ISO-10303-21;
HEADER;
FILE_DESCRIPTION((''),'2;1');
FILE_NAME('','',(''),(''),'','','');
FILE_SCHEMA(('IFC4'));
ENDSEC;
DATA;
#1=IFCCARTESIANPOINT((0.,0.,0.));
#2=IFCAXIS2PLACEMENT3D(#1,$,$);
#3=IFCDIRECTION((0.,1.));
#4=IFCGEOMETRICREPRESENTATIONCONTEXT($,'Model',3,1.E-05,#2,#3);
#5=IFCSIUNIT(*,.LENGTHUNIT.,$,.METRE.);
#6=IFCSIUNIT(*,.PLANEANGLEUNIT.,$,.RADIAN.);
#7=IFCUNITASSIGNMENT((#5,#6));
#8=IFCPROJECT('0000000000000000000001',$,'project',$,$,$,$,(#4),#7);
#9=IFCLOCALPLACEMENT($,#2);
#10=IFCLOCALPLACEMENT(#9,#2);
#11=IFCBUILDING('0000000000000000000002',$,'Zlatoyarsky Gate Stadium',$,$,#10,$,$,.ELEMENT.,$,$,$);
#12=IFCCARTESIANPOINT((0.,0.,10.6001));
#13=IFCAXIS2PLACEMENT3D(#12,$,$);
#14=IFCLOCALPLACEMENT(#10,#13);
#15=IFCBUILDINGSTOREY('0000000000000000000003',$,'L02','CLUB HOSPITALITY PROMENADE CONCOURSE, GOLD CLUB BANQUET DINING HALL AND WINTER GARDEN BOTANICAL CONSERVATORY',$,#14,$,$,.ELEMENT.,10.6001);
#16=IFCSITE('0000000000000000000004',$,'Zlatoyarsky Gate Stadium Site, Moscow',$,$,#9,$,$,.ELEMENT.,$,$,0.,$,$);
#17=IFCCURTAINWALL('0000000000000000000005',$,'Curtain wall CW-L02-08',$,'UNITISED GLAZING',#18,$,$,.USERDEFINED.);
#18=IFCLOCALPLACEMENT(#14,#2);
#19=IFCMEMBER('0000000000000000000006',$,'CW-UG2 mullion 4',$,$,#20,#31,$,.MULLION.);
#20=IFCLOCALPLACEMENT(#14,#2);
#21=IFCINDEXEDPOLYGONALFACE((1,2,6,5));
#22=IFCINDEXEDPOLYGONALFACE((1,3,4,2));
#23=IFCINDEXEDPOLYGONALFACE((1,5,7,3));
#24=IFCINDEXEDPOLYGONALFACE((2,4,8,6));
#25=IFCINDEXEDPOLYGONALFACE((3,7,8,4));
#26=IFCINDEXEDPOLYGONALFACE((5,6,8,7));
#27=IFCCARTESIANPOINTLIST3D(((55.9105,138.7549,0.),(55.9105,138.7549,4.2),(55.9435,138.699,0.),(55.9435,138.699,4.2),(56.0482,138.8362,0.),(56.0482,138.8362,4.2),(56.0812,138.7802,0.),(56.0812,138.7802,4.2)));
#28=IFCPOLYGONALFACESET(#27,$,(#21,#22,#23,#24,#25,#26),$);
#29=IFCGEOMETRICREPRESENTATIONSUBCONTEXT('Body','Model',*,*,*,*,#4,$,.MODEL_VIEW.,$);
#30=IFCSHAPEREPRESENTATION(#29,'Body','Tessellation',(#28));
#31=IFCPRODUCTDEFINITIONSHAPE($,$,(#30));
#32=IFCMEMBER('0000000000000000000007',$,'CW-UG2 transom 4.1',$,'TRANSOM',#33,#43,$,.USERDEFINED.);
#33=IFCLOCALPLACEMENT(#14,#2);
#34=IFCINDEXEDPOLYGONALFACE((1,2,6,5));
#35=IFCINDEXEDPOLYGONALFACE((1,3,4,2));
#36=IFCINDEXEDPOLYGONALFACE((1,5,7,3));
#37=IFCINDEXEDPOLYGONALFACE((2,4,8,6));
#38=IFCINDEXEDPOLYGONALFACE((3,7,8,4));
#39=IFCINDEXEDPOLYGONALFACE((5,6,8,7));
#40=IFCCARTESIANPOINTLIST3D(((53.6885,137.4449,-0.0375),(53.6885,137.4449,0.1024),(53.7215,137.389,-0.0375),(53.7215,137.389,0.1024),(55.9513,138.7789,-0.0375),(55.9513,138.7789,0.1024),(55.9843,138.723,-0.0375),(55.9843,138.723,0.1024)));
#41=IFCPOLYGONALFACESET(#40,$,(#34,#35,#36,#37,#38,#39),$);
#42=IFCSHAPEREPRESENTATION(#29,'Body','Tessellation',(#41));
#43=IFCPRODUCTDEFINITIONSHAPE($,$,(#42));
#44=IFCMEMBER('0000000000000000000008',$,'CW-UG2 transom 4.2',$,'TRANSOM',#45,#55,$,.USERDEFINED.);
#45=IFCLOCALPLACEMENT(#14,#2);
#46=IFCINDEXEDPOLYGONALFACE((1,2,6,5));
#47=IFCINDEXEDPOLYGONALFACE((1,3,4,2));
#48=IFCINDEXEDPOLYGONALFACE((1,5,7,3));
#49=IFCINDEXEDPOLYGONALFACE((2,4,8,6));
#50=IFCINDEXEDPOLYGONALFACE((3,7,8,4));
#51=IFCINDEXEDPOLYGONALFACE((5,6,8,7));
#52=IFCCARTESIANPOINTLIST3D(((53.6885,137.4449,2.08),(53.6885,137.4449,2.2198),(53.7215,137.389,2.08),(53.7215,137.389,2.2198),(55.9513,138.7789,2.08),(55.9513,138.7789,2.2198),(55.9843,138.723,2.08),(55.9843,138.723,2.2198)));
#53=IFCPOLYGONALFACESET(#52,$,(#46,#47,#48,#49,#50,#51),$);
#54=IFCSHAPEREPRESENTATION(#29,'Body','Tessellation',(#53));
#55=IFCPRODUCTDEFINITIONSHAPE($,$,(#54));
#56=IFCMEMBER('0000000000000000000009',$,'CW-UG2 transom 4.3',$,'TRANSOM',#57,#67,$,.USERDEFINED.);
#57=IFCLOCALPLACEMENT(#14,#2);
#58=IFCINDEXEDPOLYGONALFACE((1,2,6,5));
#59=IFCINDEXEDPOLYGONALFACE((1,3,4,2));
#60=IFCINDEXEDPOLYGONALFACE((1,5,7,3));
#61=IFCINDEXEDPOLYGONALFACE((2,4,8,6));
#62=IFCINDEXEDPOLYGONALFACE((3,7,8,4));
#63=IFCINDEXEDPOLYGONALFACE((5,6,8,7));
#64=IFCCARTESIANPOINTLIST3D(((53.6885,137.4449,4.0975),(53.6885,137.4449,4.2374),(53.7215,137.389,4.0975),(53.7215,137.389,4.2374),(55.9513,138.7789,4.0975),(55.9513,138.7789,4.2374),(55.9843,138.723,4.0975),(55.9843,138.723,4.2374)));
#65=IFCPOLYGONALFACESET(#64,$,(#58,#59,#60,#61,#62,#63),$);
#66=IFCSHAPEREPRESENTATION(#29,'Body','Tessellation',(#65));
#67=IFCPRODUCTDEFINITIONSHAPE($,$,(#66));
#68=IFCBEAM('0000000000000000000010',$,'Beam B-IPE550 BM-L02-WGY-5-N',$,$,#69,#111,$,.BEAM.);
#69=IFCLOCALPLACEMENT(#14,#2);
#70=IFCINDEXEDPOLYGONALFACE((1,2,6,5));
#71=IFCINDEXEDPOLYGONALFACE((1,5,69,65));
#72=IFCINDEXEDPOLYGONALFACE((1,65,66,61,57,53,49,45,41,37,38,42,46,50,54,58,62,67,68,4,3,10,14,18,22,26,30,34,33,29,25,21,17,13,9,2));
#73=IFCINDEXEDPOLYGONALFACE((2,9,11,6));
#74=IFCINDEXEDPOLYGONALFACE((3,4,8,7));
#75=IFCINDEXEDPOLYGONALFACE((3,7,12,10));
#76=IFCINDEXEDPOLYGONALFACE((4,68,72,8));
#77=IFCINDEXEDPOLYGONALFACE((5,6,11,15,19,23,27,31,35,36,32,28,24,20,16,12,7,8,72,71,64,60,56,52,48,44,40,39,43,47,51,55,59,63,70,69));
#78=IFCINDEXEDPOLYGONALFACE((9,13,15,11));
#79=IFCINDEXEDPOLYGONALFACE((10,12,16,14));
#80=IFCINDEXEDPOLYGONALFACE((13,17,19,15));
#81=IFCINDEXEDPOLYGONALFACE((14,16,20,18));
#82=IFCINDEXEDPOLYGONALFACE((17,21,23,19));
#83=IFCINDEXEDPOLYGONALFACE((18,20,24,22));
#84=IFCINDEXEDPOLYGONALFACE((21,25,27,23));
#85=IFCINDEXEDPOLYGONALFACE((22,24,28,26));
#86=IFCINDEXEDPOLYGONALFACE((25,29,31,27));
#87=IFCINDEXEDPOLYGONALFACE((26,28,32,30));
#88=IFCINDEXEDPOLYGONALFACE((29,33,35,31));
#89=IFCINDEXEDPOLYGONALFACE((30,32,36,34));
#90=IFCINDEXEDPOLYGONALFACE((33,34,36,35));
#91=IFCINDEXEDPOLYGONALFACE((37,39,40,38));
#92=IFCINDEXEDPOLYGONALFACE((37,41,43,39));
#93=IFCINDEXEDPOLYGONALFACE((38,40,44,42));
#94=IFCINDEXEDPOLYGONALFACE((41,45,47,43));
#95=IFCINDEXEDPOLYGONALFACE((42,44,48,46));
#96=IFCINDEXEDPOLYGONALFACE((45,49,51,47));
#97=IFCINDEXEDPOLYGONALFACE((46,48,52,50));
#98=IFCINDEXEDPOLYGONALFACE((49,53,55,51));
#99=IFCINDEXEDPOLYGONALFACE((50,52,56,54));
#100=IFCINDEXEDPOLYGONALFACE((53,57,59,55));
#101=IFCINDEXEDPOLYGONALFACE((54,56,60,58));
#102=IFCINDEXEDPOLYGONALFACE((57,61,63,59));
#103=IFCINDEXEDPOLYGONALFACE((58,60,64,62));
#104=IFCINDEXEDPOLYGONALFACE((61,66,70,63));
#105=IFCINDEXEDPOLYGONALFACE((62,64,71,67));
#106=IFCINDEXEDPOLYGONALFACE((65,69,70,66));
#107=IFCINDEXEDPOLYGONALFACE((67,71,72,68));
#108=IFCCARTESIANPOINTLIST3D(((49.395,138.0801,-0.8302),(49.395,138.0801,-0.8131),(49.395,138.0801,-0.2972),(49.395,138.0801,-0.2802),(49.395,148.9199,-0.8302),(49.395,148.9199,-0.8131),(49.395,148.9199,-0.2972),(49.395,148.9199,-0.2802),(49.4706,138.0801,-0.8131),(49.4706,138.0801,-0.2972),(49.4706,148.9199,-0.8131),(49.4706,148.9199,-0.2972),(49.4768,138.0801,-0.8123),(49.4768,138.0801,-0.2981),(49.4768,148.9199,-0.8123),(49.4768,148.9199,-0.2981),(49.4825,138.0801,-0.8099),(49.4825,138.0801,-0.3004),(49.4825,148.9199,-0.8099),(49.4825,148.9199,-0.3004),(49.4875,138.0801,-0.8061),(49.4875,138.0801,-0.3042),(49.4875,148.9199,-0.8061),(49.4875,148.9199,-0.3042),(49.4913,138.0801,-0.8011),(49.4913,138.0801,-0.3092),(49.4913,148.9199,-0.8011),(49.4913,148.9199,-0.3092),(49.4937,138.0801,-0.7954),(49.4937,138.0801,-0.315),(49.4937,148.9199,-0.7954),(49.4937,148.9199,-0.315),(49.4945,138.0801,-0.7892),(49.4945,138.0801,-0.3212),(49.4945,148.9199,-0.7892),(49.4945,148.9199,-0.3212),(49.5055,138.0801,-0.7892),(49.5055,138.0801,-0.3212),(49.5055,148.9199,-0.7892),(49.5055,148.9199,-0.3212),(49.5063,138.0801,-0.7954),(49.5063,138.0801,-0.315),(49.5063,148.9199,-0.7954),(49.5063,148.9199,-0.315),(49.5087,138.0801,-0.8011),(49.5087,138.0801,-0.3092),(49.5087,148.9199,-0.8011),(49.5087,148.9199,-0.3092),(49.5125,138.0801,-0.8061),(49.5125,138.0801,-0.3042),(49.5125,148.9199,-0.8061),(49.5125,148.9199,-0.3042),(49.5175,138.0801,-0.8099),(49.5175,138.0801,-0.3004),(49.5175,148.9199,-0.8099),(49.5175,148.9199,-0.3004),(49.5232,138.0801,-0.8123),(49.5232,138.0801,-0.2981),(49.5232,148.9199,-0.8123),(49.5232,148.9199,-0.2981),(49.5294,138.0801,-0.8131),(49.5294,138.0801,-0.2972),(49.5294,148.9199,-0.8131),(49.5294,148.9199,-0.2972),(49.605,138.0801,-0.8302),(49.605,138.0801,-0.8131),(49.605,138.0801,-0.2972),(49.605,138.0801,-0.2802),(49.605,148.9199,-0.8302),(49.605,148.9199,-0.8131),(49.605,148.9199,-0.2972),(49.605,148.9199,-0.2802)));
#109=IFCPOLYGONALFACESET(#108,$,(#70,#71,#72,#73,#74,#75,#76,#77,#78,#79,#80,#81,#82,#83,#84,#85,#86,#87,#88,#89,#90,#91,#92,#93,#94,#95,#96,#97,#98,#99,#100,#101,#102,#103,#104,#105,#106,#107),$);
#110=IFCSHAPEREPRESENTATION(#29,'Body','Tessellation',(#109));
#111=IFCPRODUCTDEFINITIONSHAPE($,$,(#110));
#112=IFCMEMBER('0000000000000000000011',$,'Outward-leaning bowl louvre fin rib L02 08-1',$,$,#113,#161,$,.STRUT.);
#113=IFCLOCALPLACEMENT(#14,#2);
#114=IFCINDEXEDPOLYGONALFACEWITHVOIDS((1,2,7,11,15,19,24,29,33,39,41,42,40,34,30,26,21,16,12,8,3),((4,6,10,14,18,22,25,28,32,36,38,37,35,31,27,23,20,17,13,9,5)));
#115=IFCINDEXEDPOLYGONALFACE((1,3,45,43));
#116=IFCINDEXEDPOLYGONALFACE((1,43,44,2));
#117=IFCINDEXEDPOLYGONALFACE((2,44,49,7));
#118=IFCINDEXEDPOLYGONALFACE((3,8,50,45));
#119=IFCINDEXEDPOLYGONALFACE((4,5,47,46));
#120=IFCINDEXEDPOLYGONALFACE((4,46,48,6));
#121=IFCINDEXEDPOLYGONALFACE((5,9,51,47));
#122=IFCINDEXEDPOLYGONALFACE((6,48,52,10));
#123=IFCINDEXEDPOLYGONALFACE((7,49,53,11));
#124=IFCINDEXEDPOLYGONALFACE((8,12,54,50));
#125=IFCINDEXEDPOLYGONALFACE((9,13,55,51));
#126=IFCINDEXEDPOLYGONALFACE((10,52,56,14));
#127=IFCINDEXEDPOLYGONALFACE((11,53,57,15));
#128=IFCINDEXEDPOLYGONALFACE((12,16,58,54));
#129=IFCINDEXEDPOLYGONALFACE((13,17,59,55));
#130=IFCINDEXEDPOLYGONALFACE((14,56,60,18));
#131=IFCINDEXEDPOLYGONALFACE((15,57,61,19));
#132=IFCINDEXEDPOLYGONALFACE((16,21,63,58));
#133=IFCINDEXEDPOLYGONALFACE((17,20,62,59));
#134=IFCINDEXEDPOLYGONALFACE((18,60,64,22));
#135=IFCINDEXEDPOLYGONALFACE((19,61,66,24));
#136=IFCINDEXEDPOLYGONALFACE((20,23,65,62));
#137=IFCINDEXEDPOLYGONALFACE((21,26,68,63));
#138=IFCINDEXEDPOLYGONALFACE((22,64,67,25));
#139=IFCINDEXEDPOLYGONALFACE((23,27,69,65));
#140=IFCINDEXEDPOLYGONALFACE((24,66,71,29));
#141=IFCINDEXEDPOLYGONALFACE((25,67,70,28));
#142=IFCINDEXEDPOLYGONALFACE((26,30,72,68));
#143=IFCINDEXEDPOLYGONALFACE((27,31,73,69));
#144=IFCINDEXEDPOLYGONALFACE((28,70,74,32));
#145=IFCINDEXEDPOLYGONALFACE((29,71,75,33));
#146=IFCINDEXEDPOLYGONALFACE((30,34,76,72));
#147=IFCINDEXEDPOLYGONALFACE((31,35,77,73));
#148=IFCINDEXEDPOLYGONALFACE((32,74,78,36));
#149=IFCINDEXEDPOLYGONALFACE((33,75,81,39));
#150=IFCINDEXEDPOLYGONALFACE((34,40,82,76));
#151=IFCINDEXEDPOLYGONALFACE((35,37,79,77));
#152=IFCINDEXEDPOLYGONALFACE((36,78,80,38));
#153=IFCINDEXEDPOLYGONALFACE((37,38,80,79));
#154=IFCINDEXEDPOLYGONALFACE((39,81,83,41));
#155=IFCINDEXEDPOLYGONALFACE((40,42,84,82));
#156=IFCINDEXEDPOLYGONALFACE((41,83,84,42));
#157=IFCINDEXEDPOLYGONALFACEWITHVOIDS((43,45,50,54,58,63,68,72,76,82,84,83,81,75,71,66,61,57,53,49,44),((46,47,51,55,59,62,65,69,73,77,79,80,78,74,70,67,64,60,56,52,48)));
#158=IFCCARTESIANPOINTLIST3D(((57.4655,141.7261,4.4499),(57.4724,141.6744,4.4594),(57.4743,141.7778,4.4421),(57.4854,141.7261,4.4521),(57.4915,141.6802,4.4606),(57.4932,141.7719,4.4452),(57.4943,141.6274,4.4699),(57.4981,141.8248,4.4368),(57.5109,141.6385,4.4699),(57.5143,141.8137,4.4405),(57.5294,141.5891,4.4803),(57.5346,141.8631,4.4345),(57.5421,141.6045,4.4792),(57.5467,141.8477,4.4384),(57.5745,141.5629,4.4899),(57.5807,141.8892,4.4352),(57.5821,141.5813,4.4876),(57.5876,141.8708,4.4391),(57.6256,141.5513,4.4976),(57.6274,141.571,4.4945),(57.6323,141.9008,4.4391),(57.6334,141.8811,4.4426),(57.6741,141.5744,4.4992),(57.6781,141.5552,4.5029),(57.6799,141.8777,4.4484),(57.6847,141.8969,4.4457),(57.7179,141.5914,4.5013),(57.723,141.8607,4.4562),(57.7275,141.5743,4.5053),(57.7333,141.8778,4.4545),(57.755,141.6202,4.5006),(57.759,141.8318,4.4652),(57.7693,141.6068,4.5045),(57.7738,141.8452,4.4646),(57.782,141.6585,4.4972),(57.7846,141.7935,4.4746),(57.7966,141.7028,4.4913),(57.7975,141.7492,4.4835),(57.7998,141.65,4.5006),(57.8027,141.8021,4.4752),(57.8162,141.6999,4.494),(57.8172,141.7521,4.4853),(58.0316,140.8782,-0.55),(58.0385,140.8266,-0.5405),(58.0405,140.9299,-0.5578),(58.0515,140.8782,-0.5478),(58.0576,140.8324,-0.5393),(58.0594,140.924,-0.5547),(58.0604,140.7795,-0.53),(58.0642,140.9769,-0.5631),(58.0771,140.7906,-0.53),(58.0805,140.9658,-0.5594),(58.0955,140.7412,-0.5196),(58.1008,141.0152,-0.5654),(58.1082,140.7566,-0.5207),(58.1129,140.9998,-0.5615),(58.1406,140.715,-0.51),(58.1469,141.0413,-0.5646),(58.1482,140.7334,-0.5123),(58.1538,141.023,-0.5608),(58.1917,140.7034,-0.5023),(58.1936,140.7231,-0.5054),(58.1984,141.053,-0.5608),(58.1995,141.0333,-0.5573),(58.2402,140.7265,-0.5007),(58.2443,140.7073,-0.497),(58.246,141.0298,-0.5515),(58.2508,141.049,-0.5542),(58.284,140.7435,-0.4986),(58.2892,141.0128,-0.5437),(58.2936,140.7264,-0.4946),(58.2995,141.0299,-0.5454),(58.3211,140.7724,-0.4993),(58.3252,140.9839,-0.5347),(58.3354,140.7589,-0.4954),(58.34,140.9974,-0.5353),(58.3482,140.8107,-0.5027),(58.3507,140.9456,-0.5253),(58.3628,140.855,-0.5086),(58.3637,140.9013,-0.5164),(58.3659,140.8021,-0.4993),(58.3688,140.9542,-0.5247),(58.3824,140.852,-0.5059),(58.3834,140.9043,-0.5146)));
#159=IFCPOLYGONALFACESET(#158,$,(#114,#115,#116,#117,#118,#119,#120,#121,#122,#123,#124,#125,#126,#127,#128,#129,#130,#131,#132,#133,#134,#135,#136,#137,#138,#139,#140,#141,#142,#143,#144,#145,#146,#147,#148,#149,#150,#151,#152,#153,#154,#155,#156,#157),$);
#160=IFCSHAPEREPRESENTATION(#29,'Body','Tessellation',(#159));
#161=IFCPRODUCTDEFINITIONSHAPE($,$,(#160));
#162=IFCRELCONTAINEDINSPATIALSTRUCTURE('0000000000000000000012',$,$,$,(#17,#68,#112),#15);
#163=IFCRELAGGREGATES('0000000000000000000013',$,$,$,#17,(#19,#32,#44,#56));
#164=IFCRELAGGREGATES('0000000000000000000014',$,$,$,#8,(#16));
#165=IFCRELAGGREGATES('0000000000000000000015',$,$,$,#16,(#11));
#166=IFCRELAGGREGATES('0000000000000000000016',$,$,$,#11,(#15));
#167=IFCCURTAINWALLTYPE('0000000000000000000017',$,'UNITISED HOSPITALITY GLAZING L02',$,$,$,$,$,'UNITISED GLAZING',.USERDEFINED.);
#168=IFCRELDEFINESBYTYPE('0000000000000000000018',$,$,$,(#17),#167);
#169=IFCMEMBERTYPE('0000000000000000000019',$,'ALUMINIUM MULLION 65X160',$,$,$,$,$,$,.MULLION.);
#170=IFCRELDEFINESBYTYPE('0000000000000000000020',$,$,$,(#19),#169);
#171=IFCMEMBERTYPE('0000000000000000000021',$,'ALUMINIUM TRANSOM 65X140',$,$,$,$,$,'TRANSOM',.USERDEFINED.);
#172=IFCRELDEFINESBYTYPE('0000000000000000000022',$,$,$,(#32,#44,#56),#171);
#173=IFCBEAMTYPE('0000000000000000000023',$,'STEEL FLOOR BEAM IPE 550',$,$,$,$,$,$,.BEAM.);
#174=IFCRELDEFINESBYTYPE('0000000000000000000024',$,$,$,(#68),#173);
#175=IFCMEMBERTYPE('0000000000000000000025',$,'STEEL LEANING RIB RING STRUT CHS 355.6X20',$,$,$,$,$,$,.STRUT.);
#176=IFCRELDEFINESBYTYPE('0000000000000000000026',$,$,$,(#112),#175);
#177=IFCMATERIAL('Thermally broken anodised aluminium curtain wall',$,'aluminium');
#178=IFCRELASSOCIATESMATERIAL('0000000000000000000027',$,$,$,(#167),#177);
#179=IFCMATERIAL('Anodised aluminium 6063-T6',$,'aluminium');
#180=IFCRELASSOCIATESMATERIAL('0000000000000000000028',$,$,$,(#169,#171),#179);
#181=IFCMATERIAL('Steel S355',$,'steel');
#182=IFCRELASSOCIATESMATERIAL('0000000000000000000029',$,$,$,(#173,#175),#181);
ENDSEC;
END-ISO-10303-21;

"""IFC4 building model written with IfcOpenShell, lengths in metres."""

from ifc_helpers import new_model, si_unit, direction, frame, origin, origin_2d, place, context, subcontext, project, spatial, rectangle, hollow_circle, i_section, extrude, material, material_profile, profile_set, type_object, element, aggregate, save


model = new_model("IFC4")

# Units and contexts
model_context = context("Model", 3, precision=1e-05, world=origin(), true_north=direction((0.0, 1.0)))
body_context = subcontext(model_context, "Body", "Model", "MODEL_VIEW")
ifc_project = project(units=[si_unit("LENGTHUNIT", "METRE"), si_unit("PLANEANGLEUNIT", "RADIAN")], contexts=[model_context])

# Site, building, storey
site_placement = place(None, origin())
site = spatial("IfcSite", under=ifc_project, at=site_placement, Name="Zlatoyarsky Gate Stadium Site, Moscow", CompositionType="ELEMENT", RefElevation=0.0)
building_placement = place(site_placement, origin())
building = spatial("IfcBuilding", under=site, at=building_placement, Name="Zlatoyarsky Gate Stadium", CompositionType="ELEMENT")
storey_placement = place(building_placement, frame((0.0, 0.0, 10.6001)))
storey = spatial("IfcBuildingStorey", under=building, at=storey_placement, Name="L02", Description="CLUB HOSPITALITY PROMENADE CONCOURSE, GOLD CLUB BANQUET DINING HALL AND WINTER GARDEN BOTANICAL CONSERVATORY", CompositionType="ELEMENT", Elevation=10.6001)

# Curtain wall, members
ifc_material_1 = material(Name="Thermally broken anodised aluminium curtain wall", Category="aluminium")
curtain_wall_type = type_object("IfcCurtainWallType", Name="UNITISED HOSPITALITY GLAZING L02", ElementType="UNITISED GLAZING", PredefinedType="USERDEFINED", material=ifc_material_1)
curtain_wall_placement = place(storey_placement, origin())
curtain_wall = element("IfcCurtainWall", 1, at=curtain_wall_placement, inside=storey, type_object=curtain_wall_type, Name="Curtain wall CW-L02-08", ObjectType="UNITISED GLAZING", PredefinedType="USERDEFINED")
ifc_material_2 = material(Name="Anodised aluminium 6063-T6", Category="aluminium")
ifc_material_profile_1 = material_profile(ifc_material_2, rectangle(XDim=0.0649, YDim=0.1599, at=origin_2d()), Name="ALU 65X160")
ifc_profile_set_1 = profile_set([ifc_material_profile_1], Name="Anodised aluminium 6063-T6")
member_type_1 = type_object("IfcMemberType", Name="ALUMINIUM MULLION 65X160", PredefinedType="MULLION", material=ifc_profile_set_1)
member_1_placement = place(storey_placement, frame((55.9958, 138.7676, 0.0), z_axis=(0.0, 0.0, 1.0), x_axis=(0.507882, -0.861426, 0.0)))
member_1 = element("IfcMember", 2, at=member_1_placement, type_object=member_type_1, Name="CW-UG2 mullion 4", PredefinedType="MULLION", context=body_context, shape_type="SweptSolid", body=[
    extrude(rectangle(XDim=0.0649, YDim=0.1599, at=origin_2d()), origin(), (0.0, 0.0, 1.0), 4.2),
])
ifc_material_profile_2 = material_profile(ifc_material_2, rectangle(XDim=0.0649, YDim=0.1399, at=origin_2d()), Name="ALU 65X140")
ifc_profile_set_2 = profile_set([ifc_material_profile_2], Name="Anodised aluminium 6063-T6")
member_type_2 = type_object("IfcMemberType", Name="ALUMINIUM TRANSOM 65X140", ElementType="TRANSOM", PredefinedType="USERDEFINED", material=ifc_profile_set_2)
member_2_placement = place(storey_placement, frame((55.9678, 138.751, 0.0325), z_axis=(-0.861437, -0.507865, 0.0), x_axis=(0.507865, -0.861437, 0.0)))
member_2 = element("IfcMember", 3, at=member_2_placement, type_object=member_type_2, Name="CW-UG2 transom 4.1", ObjectType="TRANSOM", PredefinedType="USERDEFINED", context=body_context, shape_type="SweptSolid", body=[
    extrude(rectangle(XDim=0.0649, YDim=0.1399, at=origin_2d()), origin(), (0.0, 0.0, 1.0), 2.6267),
])
member_3_placement = place(storey_placement, frame((55.9678, 138.751, 2.1499), z_axis=(-0.861437, -0.507865, 0.0), x_axis=(0.507865, -0.861437, 0.0)))
member_3 = element("IfcMember", 4, at=member_3_placement, type_object=member_type_2, Name="CW-UG2 transom 4.2", ObjectType="TRANSOM", PredefinedType="USERDEFINED", context=body_context, shape_type="SweptSolid", body=[
    extrude(rectangle(XDim=0.0649, YDim=0.1399, at=origin_2d()), origin(), (0.0, 0.0, 1.0), 2.6267),
])
member_4_placement = place(storey_placement, frame((55.9678, 138.751, 4.1675), z_axis=(-0.861437, -0.507865, 0.0), x_axis=(0.507865, -0.861437, 0.0)))
member_4 = element("IfcMember", 5, at=member_4_placement, type_object=member_type_2, Name="CW-UG2 transom 4.3", ObjectType="TRANSOM", PredefinedType="USERDEFINED", context=body_context, shape_type="SweptSolid", body=[
    extrude(rectangle(XDim=0.0649, YDim=0.1399, at=origin_2d()), origin(), (0.0, 0.0, 1.0), 2.6267),
])

# Beam
ifc_material_3 = material(Name="Steel S355", Category="steel")
ifc_material_profile_3 = material_profile(ifc_material_3, i_section(OverallWidth=0.21, OverallDepth=0.55, WebThickness=0.011, FlangeThickness=0.0171, FilletRadius=0.0239, at=origin_2d()), Name="IPE 550")
ifc_profile_set_3 = profile_set([ifc_material_profile_3], Name="Steel S355")
beam_type = type_object("IfcBeamType", Name="STEEL FLOOR BEAM IPE 550", PredefinedType="BEAM", material=ifc_profile_set_3)
beam_placement = place(storey_placement, frame((49.5, 138.0801, -0.5552), z_axis=(0.0, 1.0, 0.0), x_axis=(-1.0, 0.0, 0.0)))
element("IfcBeam", 6, at=beam_placement, inside=storey, type_object=beam_type, Name="Beam B-IPE550 BM-L02-WGY-5-N", PredefinedType="BEAM", context=body_context, shape_type="SweptSolid", body=[
    extrude(i_section(OverallWidth=0.21, OverallDepth=0.55, WebThickness=0.011, FlangeThickness=0.0171, FilletRadius=0.0239, at=origin_2d()), origin(), (0.0, 0.0, 1.0), 10.8398),
])

# Member
ifc_material_profile_4 = material_profile(ifc_material_3, hollow_circle(Radius=0.1777, WallThickness=0.02, at=origin_2d()), Name="CHS 355.6X20")
ifc_profile_set_4 = profile_set([ifc_material_profile_4], Name="Steel S355")
member_type_3 = type_object("IfcMemberType", Name="STEEL LEANING RIB RING STRUT CHS 355.6X20", PredefinedType="STRUT", material=ifc_profile_set_4)
member_5_placement = place(storey_placement, frame((58.2083, 140.8782, -0.53), z_axis=(-0.110949, 0.166161, 0.979837), x_axis=(-0.831645, -0.555308, 0.0)))
element("IfcMember", 7, at=member_5_placement, inside=storey, type_object=member_type_3, Name="Outward-leaning bowl louvre fin rib L02 08-1", PredefinedType="STRUT", context=body_context, shape_type="SweptSolid", body=[
    extrude(hollow_circle(Radius=0.1777, WallThickness=0.02, at=origin_2d()), origin(), (0.0, 0.0, 1.0), 5.1028),
])

aggregate(curtain_wall, [member_1, member_2, member_3, member_4])

save(model, "model.ifc")
